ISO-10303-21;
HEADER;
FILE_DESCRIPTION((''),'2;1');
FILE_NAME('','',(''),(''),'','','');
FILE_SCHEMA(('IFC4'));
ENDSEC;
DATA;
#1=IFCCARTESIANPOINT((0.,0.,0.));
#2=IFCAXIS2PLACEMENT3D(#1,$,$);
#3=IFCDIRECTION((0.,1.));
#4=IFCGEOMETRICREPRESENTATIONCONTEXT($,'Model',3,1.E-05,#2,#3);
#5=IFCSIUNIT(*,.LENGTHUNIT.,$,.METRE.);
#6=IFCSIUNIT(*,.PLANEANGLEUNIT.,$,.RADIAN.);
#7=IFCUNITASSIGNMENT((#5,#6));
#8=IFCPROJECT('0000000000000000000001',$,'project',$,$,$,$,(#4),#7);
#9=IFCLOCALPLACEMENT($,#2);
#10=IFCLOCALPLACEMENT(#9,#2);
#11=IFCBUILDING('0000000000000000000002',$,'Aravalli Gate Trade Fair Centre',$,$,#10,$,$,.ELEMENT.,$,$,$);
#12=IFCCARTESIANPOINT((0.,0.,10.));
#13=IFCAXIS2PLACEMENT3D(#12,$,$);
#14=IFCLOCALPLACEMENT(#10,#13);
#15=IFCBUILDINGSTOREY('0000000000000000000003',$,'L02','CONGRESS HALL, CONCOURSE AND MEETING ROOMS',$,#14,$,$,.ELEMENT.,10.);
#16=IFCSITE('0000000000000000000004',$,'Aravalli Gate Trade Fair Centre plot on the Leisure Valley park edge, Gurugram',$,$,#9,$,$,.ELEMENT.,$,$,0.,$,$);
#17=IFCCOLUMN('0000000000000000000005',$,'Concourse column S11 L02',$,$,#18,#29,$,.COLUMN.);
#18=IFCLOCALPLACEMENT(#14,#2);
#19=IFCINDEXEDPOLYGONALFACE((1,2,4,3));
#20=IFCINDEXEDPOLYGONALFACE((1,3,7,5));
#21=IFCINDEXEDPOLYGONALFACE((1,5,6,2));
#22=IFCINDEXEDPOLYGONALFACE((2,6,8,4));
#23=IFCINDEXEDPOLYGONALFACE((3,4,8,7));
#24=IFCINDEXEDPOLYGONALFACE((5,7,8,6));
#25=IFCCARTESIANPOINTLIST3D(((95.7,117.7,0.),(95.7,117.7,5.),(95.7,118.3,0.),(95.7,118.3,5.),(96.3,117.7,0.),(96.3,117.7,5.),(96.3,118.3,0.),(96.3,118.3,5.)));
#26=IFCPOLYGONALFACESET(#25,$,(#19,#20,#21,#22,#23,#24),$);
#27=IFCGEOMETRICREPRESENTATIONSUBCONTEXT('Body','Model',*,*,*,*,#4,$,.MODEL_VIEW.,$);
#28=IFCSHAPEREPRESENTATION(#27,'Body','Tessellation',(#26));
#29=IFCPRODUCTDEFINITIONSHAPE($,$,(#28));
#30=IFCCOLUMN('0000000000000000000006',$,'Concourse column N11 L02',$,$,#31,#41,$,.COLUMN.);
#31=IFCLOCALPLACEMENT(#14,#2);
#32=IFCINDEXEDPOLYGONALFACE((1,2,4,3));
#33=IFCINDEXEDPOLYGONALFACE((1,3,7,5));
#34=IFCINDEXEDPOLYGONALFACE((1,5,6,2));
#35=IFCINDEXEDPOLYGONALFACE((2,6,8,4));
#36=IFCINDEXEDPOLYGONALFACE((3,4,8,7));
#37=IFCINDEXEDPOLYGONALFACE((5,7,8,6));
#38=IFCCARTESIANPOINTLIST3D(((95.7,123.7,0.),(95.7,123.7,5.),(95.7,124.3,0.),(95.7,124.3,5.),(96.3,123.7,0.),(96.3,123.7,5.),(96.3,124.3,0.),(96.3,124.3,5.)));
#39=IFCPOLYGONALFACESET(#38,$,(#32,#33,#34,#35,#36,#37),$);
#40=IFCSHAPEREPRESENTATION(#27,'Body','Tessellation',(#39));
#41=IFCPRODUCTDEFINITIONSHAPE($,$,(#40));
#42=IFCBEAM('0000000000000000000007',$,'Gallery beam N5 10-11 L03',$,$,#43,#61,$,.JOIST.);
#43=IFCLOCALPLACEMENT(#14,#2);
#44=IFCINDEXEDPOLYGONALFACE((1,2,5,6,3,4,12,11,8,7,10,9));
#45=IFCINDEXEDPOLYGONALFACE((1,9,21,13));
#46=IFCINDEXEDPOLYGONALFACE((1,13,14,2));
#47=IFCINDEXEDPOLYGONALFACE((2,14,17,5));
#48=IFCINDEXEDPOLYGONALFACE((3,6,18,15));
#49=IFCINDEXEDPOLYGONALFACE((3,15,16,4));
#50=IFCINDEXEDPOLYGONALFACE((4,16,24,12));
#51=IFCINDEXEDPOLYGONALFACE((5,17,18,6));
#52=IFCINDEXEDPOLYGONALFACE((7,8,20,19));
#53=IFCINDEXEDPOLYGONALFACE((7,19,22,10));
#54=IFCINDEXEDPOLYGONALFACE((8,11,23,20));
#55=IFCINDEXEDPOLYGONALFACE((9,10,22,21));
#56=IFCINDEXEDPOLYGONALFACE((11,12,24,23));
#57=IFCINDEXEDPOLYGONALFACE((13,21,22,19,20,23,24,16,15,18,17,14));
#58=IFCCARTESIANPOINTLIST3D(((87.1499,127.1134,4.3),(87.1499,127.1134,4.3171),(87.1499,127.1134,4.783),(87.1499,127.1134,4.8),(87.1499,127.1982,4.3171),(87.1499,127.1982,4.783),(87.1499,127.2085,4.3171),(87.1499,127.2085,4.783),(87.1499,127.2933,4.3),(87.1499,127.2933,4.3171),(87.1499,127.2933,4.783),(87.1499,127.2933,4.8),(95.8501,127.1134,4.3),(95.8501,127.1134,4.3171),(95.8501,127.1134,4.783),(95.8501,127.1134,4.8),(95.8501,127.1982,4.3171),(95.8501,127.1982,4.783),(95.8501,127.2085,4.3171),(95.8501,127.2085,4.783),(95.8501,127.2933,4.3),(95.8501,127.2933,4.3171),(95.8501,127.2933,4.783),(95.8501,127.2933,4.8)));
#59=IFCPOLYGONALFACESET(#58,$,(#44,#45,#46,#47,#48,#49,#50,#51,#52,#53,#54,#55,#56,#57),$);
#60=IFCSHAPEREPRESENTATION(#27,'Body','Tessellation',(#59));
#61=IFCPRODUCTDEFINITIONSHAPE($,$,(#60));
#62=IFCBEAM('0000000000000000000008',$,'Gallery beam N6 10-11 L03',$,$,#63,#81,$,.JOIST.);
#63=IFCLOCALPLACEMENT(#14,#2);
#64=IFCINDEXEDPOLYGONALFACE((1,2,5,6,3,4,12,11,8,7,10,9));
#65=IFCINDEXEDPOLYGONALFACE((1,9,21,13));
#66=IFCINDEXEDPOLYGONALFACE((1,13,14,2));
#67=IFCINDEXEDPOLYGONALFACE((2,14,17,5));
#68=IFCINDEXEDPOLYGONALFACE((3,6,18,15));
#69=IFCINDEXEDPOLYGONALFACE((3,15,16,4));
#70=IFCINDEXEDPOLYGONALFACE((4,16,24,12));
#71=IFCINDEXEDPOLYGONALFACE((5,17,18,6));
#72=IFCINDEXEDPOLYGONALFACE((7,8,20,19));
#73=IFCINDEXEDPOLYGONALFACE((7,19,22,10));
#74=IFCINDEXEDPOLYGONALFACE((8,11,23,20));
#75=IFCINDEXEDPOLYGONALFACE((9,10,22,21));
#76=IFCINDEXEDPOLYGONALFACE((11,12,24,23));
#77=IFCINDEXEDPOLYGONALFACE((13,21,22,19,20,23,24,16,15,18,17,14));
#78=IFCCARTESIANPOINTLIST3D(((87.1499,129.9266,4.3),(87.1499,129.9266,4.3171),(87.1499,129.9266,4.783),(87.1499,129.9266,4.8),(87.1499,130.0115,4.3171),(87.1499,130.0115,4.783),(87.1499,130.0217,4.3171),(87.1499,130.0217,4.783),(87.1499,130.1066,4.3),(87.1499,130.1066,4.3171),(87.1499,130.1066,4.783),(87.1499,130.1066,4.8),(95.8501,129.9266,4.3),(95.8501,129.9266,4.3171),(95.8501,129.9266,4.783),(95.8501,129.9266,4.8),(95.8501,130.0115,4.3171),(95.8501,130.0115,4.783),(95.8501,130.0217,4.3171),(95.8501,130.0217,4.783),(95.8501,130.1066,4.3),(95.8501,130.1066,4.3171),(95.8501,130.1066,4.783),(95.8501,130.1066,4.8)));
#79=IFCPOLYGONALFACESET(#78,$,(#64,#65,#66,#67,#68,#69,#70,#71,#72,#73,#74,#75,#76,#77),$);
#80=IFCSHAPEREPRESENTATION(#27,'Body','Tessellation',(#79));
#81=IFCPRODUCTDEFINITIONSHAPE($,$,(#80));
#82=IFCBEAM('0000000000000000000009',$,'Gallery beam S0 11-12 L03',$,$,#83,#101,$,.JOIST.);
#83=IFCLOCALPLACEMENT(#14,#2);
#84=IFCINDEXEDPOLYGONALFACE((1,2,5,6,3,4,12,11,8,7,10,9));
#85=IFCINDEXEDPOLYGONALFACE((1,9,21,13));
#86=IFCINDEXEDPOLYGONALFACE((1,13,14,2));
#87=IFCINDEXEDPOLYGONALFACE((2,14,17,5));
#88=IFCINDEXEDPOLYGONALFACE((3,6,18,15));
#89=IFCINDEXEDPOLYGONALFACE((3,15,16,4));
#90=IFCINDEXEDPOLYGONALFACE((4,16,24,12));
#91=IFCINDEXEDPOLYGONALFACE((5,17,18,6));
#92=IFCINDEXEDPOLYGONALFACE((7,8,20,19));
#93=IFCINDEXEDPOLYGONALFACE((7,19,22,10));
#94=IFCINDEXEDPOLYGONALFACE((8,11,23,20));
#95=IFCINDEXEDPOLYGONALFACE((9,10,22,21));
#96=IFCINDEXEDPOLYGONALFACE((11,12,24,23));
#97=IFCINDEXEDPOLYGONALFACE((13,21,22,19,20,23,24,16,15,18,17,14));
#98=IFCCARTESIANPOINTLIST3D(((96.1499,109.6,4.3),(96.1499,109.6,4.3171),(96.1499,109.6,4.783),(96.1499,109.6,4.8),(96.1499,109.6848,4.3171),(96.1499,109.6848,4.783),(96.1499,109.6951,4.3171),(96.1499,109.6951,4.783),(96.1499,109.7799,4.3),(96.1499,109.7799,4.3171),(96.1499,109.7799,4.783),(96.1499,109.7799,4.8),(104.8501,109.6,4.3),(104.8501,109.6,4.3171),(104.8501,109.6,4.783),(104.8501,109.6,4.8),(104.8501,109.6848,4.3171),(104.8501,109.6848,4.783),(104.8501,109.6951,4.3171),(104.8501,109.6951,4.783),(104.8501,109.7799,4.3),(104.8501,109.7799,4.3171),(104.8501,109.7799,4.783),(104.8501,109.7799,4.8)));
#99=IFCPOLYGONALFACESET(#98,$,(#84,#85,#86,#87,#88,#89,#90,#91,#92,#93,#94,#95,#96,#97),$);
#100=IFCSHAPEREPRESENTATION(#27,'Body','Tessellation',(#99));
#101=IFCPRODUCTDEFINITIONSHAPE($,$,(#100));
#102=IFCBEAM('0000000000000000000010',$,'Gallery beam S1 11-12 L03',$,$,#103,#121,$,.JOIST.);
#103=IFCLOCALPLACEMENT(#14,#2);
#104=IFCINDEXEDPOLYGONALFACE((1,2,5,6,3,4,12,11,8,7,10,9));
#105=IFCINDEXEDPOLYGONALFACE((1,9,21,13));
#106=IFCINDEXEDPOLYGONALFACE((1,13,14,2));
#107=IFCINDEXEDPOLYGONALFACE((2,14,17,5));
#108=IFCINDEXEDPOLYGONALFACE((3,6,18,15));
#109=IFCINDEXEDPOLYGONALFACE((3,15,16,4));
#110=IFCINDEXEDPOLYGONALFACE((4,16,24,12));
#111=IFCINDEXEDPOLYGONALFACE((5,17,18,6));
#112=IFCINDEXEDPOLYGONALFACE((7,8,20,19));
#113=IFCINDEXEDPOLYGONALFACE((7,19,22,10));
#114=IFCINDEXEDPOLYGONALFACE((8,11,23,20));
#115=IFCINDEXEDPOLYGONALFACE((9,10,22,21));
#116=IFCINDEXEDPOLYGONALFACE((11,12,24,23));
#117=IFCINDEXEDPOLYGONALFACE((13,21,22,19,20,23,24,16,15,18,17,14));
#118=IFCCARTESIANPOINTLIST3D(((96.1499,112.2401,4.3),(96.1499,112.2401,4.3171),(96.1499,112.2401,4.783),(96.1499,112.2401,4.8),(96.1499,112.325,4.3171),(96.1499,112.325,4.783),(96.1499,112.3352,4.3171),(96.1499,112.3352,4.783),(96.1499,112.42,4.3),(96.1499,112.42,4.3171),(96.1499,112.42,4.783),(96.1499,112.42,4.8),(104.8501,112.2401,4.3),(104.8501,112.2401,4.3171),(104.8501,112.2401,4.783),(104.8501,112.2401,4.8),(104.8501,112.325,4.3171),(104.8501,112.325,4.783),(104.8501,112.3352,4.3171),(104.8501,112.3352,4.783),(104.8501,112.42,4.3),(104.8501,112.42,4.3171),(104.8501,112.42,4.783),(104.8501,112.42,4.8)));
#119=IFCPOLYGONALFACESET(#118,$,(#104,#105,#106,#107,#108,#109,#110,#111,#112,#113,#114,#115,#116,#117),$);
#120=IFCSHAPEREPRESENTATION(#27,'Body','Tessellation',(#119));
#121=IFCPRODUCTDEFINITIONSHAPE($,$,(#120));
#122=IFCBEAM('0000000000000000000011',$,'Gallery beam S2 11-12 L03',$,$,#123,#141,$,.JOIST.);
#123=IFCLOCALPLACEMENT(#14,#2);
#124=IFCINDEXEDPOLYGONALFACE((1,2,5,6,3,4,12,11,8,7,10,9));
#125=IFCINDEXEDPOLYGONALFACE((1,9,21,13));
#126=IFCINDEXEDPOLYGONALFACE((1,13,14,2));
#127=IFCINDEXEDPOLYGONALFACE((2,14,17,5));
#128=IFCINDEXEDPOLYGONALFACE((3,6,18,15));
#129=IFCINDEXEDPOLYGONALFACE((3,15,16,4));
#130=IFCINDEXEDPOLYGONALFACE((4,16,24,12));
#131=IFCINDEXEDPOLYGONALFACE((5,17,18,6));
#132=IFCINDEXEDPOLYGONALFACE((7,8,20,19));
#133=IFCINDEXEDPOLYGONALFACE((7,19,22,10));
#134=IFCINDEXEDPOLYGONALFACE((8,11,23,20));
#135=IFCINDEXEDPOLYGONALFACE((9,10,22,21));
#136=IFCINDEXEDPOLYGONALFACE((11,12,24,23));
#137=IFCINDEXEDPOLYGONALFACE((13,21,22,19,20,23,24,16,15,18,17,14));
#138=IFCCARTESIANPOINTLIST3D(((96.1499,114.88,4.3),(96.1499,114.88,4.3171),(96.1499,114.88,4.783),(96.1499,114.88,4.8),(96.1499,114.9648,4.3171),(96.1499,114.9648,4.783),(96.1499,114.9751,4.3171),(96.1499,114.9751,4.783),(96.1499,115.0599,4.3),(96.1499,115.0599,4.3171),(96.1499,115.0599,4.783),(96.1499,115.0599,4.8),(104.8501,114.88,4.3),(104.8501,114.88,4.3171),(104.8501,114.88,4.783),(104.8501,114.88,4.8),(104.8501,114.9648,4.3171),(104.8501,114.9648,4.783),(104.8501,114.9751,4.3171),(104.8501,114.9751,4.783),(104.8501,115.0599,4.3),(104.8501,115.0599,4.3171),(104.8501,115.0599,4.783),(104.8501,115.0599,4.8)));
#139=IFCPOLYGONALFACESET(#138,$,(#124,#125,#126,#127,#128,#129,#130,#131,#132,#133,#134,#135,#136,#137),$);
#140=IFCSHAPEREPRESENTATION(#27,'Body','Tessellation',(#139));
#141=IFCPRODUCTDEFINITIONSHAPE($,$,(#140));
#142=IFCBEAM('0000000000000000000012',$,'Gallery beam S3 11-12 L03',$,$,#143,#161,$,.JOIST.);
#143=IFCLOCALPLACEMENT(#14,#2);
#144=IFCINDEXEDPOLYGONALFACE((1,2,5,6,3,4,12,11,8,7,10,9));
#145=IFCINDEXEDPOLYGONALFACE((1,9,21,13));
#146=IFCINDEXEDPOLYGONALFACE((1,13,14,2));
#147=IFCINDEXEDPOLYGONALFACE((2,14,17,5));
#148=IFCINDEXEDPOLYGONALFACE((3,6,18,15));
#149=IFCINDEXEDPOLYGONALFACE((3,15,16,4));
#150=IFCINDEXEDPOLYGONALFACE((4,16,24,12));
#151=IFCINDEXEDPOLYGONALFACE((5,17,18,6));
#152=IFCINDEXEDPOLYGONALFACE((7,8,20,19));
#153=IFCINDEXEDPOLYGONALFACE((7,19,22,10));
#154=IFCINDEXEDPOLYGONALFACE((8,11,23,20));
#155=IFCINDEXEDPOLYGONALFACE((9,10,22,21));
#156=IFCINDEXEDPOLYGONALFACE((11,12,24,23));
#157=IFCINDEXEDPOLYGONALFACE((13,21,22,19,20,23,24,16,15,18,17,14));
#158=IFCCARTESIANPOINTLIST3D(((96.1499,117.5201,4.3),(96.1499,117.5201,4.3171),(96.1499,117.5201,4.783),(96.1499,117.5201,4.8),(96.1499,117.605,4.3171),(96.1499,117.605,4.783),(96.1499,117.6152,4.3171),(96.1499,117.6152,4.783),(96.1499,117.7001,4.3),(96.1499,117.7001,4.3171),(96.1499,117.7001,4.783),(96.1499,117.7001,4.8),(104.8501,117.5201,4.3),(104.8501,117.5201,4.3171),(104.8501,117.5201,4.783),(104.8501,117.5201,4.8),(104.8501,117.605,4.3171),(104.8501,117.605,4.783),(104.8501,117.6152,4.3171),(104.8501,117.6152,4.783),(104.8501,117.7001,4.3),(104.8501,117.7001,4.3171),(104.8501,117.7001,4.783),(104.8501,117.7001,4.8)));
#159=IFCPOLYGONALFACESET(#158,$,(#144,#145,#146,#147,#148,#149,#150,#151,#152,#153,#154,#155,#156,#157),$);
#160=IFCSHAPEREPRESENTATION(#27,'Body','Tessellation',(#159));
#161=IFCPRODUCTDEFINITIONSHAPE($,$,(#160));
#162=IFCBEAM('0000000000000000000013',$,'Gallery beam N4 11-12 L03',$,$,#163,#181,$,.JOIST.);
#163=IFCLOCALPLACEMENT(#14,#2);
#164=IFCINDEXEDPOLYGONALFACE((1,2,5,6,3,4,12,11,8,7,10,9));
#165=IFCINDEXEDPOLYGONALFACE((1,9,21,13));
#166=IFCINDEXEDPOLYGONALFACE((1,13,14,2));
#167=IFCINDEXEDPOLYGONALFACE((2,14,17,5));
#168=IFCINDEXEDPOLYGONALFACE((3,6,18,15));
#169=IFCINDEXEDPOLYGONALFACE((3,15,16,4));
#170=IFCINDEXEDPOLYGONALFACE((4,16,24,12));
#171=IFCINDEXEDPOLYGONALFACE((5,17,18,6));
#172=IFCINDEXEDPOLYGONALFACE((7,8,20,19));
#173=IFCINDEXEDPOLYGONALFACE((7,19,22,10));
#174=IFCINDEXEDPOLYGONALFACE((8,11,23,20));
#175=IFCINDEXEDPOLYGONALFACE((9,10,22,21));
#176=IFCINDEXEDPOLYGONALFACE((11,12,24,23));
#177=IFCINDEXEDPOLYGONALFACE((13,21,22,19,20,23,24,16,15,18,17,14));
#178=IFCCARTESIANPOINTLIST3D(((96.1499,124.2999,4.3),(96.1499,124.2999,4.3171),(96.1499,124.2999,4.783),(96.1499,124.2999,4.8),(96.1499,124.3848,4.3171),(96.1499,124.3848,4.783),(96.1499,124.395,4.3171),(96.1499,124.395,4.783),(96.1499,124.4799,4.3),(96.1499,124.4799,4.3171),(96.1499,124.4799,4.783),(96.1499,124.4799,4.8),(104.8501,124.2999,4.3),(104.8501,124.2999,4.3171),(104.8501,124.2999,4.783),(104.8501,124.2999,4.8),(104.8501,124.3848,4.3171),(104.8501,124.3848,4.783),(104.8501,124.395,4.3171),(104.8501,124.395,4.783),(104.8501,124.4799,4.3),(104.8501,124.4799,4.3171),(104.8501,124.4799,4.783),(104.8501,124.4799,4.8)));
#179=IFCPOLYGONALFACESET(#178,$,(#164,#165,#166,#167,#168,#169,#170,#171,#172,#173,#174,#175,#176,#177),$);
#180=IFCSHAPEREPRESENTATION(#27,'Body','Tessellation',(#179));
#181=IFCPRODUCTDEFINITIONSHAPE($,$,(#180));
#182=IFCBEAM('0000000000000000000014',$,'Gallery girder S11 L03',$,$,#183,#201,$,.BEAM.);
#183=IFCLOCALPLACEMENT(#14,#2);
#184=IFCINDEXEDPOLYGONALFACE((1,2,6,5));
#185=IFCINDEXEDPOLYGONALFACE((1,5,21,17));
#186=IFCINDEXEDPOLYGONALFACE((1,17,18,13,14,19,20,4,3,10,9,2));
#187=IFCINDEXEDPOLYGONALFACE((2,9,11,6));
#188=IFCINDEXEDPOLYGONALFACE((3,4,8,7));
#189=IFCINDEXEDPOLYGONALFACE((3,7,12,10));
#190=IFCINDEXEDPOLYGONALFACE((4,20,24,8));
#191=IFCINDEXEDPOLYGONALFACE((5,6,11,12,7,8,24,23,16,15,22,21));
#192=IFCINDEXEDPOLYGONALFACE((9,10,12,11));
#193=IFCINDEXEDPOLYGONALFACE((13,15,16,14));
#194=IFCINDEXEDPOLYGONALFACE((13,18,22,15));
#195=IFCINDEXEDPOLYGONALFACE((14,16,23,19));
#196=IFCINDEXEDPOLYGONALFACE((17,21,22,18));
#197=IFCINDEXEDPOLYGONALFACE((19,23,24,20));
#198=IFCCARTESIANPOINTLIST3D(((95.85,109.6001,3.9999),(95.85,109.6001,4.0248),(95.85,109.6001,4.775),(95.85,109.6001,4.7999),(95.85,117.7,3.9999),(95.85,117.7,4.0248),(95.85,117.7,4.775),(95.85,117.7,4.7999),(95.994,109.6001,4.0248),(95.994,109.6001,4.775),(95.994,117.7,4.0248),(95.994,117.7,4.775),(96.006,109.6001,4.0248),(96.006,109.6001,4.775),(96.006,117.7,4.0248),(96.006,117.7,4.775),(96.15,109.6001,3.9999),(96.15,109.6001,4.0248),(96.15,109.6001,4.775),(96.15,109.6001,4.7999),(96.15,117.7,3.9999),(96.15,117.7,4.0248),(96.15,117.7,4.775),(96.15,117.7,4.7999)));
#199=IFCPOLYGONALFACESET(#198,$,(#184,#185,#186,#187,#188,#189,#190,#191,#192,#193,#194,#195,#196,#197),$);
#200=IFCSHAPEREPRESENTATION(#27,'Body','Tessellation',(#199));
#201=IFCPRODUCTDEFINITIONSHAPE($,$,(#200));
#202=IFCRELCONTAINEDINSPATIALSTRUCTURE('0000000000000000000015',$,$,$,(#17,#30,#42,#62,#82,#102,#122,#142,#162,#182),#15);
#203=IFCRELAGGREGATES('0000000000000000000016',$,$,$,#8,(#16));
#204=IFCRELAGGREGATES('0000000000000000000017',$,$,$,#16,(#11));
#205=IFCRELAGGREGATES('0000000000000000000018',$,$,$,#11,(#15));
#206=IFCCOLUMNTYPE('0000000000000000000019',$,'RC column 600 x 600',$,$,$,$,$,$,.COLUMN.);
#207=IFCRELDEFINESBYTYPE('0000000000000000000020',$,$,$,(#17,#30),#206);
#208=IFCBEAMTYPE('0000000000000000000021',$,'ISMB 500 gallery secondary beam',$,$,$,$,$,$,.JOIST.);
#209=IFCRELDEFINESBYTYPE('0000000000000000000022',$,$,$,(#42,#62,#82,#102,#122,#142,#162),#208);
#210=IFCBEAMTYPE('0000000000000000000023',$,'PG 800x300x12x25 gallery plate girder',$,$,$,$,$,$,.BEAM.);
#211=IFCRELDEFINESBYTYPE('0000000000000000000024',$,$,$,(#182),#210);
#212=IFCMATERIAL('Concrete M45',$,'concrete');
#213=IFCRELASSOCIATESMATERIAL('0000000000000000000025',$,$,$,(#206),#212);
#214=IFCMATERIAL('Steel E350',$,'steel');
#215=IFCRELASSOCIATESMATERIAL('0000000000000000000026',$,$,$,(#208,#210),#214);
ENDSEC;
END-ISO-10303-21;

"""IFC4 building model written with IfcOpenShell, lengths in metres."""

from ifc_helpers import new_model, si_unit, direction, frame, origin, origin_2d, place, context, subcontext, project, spatial, rectangle, i_section, extrude, material, material_profile, profile_set, type_object, element, save


model = new_model("IFC4")

# Units and contexts
model_context = context("Model", 3, precision=1e-05, world=origin(), true_north=direction((0.0, 1.0)))
body_context = subcontext(model_context, "Body", "Model", "MODEL_VIEW")
ifc_project = project(units=[si_unit("LENGTHUNIT", "METRE"), si_unit("PLANEANGLEUNIT", "RADIAN")], contexts=[model_context])

# Site, building, storey
site_placement = place(None, origin())
site = spatial("IfcSite", under=ifc_project, at=site_placement, Name="Aravalli Gate Trade Fair Centre plot on the Leisure Valley park edge, Gurugram", CompositionType="ELEMENT", RefElevation=0.0)
building_placement = place(site_placement, origin())
building = spatial("IfcBuilding", under=site, at=building_placement, Name="Aravalli Gate Trade Fair Centre", CompositionType="ELEMENT")
storey_placement = place(building_placement, frame((0.0, 0.0, 10.0)))
storey = spatial("IfcBuildingStorey", under=building, at=storey_placement, Name="L02", Description="CONGRESS HALL, CONCOURSE AND MEETING ROOMS", CompositionType="ELEMENT", Elevation=10.0)

# Columns
ifc_material_1 = material(Name="Concrete M45", Category="concrete")
ifc_material_profile_1 = material_profile(ifc_material_1, rectangle(XDim=0.6001, YDim=0.6001, at=origin_2d()), Name="RC column 600 x 600")
ifc_profile_set_1 = profile_set([ifc_material_profile_1], Name="Concrete M45")
column_type = type_object("IfcColumnType", Name="RC column 600 x 600", PredefinedType="COLUMN", material=ifc_profile_set_1)
for number, where, z_axis, x_axis, name in (
    (1, (96.0, 118.0, 0.0), (0.0, 0.0, 1.0), (1.0, 0.0, 0.0), "Concourse column S11 L02"),
    (2, (96.0, 124.0, 0.0), (0.0, 0.0, 1.0), (1.0, 0.0, 0.0), "Concourse column N11 L02"),
):
    element("IfcColumn", number, at=place(storey_placement, frame(where, z_axis=z_axis, x_axis=x_axis)), inside=storey, type_object=column_type, Name=name, PredefinedType="COLUMN", context=body_context, shape_type="SweptSolid", body=[
        extrude(rectangle(XDim=0.6001, YDim=0.6001, at=origin_2d()), origin(), (0.0, 0.0, 1.0), 5.0),
    ])

# Beams
ifc_material_2 = material(Name="Steel E350", Category="steel")
ifc_material_profile_2 = material_profile(ifc_material_2, i_section(OverallWidth=0.1799, OverallDepth=0.5, WebThickness=0.0103, FlangeThickness=0.0171, at=origin_2d()), Name="ISMB 500")
ifc_profile_set_2 = profile_set([ifc_material_profile_2], Name="Steel E350")
beam_type_1 = type_object("IfcBeamType", Name="ISMB 500 gallery secondary beam", PredefinedType="JOIST", material=ifc_profile_set_2)
for number, where, z_axis, x_axis, name in (
    (3, (87.1499, 127.2034, 4.55), (1.0, 0.0, 0.0), (0.0, 1.0, 0.0), "Gallery beam N5 10-11 L03"),
    (4, (87.1499, 130.0166, 4.55), (1.0, 0.0, 0.0), (0.0, 1.0, 0.0), "Gallery beam N6 10-11 L03"),
    (5, (96.1499, 109.6899, 4.55), (1.0, 0.0, 0.0), (0.0, 1.0, 0.0), "Gallery beam S0 11-12 L03"),
    (6, (96.1499, 112.3301, 4.55), (1.0, 0.0, 0.0), (0.0, 1.0, 0.0), "Gallery beam S1 11-12 L03"),
    (7, (96.1499, 114.97, 4.55), (1.0, 0.0, 0.0), (0.0, 1.0, 0.0), "Gallery beam S2 11-12 L03"),
    (8, (96.1499, 117.6101, 4.55), (1.0, 0.0, 0.0), (0.0, 1.0, 0.0), "Gallery beam S3 11-12 L03"),
    (9, (96.1499, 124.3899, 4.55), (1.0, 0.0, 0.0), (0.0, 1.0, 0.0), "Gallery beam N4 11-12 L03"),
):
    element("IfcBeam", number, at=place(storey_placement, frame(where, z_axis=z_axis, x_axis=x_axis)), inside=storey, type_object=beam_type_1, Name=name, PredefinedType="JOIST", context=body_context, shape_type="SweptSolid", body=[
        extrude(i_section(OverallWidth=0.1799, OverallDepth=0.5, WebThickness=0.0103, FlangeThickness=0.0171, at=origin_2d()), origin(), (0.0, 0.0, 1.0), 8.7002),
    ])
ifc_material_profile_3 = material_profile(ifc_material_2, i_section(OverallWidth=0.3, OverallDepth=0.8, WebThickness=0.012, FlangeThickness=0.0249, at=origin_2d()), Name="PG 800x300x12x25")
ifc_profile_set_3 = profile_set([ifc_material_profile_3], Name="Steel E350")
beam_type_2 = type_object("IfcBeamType", Name="PG 800x300x12x25 gallery plate girder", PredefinedType="BEAM", material=ifc_profile_set_3)
beam_1_placement = place(storey_placement, frame((96.0, 109.6001, 4.3999), z_axis=(0.0, 1.0, 0.0), x_axis=(-1.0, 0.0, 0.0)))
element("IfcBeam", 10, at=beam_1_placement, inside=storey, type_object=beam_type_2, Name="Gallery girder S11 L03", PredefinedType="BEAM", context=body_context, shape_type="SweptSolid", body=[
    extrude(i_section(OverallWidth=0.3, OverallDepth=0.8, WebThickness=0.012, FlangeThickness=0.0249, at=origin_2d()), origin(), (0.0, 0.0, 1.0), 8.0999),
])

save(model, "model.ifc")
